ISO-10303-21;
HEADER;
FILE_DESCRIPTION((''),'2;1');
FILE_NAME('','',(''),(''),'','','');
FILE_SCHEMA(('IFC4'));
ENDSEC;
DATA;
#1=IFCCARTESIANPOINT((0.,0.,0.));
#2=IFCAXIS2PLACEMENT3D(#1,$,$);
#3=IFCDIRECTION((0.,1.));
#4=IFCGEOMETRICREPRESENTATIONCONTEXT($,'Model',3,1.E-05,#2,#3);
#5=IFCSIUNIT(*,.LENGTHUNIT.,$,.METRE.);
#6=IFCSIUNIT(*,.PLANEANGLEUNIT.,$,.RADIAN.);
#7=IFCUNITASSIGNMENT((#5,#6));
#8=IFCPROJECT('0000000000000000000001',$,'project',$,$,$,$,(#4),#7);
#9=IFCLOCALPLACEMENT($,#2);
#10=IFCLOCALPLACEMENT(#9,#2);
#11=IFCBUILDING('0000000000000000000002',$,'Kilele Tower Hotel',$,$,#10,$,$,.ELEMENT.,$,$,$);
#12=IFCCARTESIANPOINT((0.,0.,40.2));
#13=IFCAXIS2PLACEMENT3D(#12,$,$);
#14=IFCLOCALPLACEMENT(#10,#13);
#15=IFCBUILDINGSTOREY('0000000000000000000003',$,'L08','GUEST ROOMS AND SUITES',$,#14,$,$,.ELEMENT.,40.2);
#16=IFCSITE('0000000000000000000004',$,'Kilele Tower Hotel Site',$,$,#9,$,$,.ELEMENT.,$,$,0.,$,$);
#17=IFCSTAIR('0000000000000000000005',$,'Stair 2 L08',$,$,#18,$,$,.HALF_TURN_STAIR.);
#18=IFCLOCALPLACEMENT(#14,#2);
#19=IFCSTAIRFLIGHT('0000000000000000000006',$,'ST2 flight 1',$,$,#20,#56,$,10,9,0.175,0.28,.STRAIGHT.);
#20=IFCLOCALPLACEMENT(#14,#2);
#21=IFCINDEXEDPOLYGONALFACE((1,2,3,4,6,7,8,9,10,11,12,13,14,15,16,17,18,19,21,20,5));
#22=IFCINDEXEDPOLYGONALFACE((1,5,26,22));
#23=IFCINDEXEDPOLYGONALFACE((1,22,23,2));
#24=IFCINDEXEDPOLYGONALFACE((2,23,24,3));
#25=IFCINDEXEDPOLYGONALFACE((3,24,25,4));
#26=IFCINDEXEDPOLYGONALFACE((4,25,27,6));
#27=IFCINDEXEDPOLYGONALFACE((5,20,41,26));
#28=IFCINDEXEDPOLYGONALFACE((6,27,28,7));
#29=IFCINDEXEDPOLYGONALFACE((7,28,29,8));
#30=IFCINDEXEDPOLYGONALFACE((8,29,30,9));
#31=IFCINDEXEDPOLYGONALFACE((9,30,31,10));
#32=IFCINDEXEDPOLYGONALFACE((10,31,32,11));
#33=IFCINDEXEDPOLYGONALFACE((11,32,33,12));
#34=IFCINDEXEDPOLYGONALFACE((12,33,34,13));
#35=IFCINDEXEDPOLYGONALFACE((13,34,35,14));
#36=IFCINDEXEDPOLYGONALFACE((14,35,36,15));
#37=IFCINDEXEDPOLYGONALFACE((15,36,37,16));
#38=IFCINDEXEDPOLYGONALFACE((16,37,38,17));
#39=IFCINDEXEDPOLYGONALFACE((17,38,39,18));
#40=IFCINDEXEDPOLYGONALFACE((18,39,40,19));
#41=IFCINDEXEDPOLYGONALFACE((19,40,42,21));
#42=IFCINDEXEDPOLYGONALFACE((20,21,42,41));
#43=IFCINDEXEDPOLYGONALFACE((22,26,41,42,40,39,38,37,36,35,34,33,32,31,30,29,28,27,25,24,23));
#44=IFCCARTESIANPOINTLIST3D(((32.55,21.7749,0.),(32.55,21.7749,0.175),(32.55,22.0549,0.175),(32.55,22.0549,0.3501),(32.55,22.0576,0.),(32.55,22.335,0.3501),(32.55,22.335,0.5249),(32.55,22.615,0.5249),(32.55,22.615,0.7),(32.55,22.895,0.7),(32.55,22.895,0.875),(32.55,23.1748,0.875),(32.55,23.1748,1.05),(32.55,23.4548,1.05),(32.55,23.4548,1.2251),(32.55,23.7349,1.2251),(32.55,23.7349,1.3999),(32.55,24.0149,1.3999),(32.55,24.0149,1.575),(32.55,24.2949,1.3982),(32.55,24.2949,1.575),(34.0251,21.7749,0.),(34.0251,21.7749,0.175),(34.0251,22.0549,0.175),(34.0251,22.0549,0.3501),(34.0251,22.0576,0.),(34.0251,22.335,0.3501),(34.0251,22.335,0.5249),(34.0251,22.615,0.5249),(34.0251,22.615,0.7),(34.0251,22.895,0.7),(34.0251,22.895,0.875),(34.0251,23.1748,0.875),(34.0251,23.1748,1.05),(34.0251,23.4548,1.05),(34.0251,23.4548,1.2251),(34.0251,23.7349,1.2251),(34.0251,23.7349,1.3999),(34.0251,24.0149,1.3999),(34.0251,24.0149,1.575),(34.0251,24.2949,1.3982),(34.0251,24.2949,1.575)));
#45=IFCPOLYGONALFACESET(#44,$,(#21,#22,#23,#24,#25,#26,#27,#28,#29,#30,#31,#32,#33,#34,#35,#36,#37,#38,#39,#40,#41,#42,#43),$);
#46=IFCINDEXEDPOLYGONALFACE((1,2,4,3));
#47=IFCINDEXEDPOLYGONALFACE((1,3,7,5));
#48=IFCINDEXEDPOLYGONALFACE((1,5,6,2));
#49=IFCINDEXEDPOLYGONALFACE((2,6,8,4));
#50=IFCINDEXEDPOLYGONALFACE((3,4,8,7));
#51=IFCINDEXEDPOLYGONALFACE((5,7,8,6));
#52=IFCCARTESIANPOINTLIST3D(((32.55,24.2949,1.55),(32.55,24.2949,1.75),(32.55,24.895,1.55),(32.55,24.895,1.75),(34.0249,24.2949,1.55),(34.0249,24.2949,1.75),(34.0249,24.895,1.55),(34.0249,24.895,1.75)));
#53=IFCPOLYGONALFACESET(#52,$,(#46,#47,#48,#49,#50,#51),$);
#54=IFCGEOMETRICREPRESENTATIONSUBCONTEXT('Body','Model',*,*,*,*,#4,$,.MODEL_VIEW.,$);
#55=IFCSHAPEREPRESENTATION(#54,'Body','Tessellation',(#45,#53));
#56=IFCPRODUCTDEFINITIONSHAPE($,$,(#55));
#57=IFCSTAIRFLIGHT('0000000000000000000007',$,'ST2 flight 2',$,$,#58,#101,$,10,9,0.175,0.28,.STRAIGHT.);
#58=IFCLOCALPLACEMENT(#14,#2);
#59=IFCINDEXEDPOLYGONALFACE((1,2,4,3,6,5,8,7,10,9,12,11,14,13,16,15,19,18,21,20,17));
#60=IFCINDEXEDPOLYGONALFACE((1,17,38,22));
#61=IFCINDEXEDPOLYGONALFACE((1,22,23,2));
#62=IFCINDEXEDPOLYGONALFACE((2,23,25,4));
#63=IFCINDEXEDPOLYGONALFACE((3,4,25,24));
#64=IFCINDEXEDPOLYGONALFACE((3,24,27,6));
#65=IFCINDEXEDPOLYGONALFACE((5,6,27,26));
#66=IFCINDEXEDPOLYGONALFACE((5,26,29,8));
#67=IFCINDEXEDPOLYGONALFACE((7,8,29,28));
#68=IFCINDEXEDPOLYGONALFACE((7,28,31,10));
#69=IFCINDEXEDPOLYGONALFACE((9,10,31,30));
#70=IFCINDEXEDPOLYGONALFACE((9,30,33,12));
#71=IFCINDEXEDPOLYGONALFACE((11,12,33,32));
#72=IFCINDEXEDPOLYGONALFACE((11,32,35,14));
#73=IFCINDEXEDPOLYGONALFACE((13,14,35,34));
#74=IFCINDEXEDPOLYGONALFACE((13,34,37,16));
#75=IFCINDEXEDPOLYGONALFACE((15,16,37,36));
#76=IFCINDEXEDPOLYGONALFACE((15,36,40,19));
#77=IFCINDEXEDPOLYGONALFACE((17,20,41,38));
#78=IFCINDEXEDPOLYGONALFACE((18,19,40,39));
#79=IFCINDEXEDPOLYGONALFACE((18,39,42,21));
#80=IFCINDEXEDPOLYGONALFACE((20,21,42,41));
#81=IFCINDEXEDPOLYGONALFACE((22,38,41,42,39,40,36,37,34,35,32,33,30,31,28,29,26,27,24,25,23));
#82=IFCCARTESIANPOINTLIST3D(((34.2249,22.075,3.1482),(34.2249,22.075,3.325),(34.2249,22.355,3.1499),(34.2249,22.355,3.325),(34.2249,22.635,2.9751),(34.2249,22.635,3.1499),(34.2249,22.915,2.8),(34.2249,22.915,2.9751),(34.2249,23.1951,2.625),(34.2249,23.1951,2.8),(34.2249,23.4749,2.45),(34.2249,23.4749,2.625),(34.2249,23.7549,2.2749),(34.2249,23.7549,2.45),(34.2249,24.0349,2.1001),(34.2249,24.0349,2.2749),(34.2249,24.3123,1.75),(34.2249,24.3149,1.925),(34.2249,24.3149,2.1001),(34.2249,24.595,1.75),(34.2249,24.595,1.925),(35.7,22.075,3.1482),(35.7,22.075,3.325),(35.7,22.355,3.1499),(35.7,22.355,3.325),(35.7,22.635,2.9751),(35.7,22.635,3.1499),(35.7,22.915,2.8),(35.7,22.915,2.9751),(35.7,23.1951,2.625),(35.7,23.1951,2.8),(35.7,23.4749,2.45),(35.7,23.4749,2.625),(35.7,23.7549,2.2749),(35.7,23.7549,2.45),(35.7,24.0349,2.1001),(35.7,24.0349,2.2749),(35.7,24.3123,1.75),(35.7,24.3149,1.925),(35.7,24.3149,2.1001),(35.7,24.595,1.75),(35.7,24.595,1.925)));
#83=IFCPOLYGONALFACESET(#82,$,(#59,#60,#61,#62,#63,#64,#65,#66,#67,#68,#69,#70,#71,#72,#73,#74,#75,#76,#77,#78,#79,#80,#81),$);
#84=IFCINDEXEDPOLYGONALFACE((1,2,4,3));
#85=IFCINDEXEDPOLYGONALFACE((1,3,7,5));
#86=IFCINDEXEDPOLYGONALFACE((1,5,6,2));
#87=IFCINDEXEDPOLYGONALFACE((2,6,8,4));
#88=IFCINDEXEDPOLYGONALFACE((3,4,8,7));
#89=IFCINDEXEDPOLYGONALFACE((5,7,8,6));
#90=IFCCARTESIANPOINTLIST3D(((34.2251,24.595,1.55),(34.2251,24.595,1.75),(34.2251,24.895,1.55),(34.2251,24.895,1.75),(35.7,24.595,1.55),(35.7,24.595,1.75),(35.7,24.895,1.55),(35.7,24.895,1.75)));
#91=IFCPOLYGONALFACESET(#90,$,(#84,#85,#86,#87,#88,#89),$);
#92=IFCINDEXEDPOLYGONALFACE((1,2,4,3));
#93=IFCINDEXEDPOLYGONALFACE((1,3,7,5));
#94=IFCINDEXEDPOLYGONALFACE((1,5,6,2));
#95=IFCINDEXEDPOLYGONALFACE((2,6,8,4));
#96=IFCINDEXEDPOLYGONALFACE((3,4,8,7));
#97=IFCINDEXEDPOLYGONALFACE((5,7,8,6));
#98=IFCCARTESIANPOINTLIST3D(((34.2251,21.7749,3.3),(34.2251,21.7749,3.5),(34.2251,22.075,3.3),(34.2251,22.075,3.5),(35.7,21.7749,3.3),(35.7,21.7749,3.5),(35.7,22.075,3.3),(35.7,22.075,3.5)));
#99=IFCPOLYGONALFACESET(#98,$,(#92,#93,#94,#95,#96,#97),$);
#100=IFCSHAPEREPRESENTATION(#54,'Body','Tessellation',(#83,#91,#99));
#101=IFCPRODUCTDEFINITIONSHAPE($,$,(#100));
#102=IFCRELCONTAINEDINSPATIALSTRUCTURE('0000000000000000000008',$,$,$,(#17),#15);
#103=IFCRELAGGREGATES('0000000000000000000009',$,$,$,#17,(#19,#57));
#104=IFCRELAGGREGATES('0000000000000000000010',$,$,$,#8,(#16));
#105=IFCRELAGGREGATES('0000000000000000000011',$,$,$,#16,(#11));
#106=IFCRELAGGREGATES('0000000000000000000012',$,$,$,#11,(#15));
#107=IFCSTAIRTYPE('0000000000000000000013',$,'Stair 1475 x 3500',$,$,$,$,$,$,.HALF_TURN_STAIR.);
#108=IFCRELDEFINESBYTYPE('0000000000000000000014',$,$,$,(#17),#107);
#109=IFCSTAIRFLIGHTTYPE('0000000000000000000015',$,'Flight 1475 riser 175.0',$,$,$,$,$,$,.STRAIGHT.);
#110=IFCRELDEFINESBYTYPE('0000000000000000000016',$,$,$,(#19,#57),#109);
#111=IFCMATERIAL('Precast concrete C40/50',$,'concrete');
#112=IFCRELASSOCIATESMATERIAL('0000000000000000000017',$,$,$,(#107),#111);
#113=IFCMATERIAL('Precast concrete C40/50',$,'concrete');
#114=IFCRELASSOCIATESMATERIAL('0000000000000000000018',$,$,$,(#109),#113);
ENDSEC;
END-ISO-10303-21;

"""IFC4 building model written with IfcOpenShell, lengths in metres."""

from ifc_helpers import new_model, si_unit, direction, frame, origin, place, context, subcontext, project, spatial, polyline, outline, extrude, material, type_object, element, aggregate, save


model = new_model("IFC4")

# Units and contexts
model_context = context("Model", 3, precision=1e-05, world=origin(), true_north=direction((0.0, 1.0)))
body_context = subcontext(model_context, "Body", "Model", "MODEL_VIEW")
ifc_project = project(units=[si_unit("LENGTHUNIT", "METRE"), si_unit("PLANEANGLEUNIT", "RADIAN")], contexts=[model_context])

# Site, building, storey
site_placement = place(None, origin())
site = spatial("IfcSite", under=ifc_project, at=site_placement, Name="Kilele Tower Hotel Site", CompositionType="ELEMENT", RefElevation=0.0)
building_placement = place(site_placement, origin())
building = spatial("IfcBuilding", under=site, at=building_placement, Name="Kilele Tower Hotel", CompositionType="ELEMENT")
storey_placement = place(building_placement, frame((0.0, 0.0, 40.2)))
storey = spatial("IfcBuildingStorey", under=building, at=storey_placement, Name="L08", Description="GUEST ROOMS AND SUITES", CompositionType="ELEMENT", Elevation=40.2)

# Stair, stair flights
ifc_material_1 = material(Name="Precast concrete C40/50", Category="concrete")
stair_type = type_object("IfcStairType", Name="Stair 1475 x 3500", PredefinedType="HALF_TURN_STAIR", material=ifc_material_1)
stair_placement = place(storey_placement, origin())
stair = element("IfcStair", 1, at=stair_placement, inside=storey, type_object=stair_type, Name="Stair 2 L08", PredefinedType="HALF_TURN_STAIR")
ifc_material_2 = material(Name="Precast concrete C40/50", Category="concrete")
stair_flight_type = type_object("IfcStairFlightType", Name="Flight 1475 riser 175.0", PredefinedType="STRAIGHT", material=ifc_material_2)
stair_flight_1_placement = place(storey_placement, frame((33.2876, 21.7749, 0.0), z_axis=(0.0, 0.0, 1.0), x_axis=(0.0, 1.0, 0.0)))
stair_flight_1 = element("IfcStairFlight", 2, at=stair_flight_1_placement, type_object=stair_flight_type, Name="ST2 flight 1", NumberOfRisers=10, NumberOfTreads=9, PredefinedType="STRAIGHT", RiserHeight=0.175, TreadLength=0.28, context=body_context, shape_type="SweptSolid", body=[
    extrude(outline(polyline([(0.0, 0.0), (0.0, 0.175), (0.28, 0.175), (0.28, 0.3501), (0.5601, 0.3501), (0.5601, 0.5249), (0.8401, 0.5249), (0.8401, 0.7), (1.1201, 0.7), (1.1201, 0.875), (1.3999, 0.875), (1.3999, 1.05), (1.6799, 1.05), (1.6799, 1.2251), (1.96, 1.2251), (1.96, 1.3999), (2.24, 1.3999), (2.24, 1.575), (2.52, 1.575), (2.52, 1.75), (2.52, 1.3982), (0.2827, 0.0), (0.0, 0.0)])), frame((0.0, 0.7375, 0.0), z_axis=(0.0, -1.0, 0.0), x_axis=(1.0, 0.0, 0.0)), (0.0, 0.0, 1.0), 1.4751),
    extrude(outline(polyline([(2.52, 0.7375), (2.52, -0.7373), (3.1201, -0.7373), (3.1201, 0.7375), (2.52, 0.7375)])), frame((0.0, 0.0, 1.55)), (0.0, 0.0, 1.0), 0.2),
])
stair_flight_2_placement = place(storey_placement, frame((34.9624, 24.595, 1.75), z_axis=(0.0, 0.0, 1.0), x_axis=(0.0, -1.0, 0.0)))
stair_flight_2 = element("IfcStairFlight", 3, at=stair_flight_2_placement, type_object=stair_flight_type, Name="ST2 flight 2", NumberOfRisers=10, NumberOfTreads=9, PredefinedType="STRAIGHT", RiserHeight=0.175, TreadLength=0.28, context=body_context, shape_type="SweptSolid", body=[
    extrude(outline(polyline([(0.0, 0.0), (0.0, 0.175), (0.28, 0.175), (0.28, 0.3501), (0.5601, 0.3501), (0.5601, 0.5249), (0.8401, 0.5249), (0.8401, 0.7), (1.1201, 0.7), (1.1201, 0.875), (1.3999, 0.875), (1.3999, 1.05), (1.6799, 1.05), (1.6799, 1.2251), (1.96, 1.2251), (1.96, 1.3999), (2.24, 1.3999), (2.24, 1.575), (2.52, 1.575), (2.52, 1.75), (2.52, 1.3982), (0.2827, 0.0), (0.0, 0.0)])), frame((0.0, 0.7375, 0.0), z_axis=(0.0, -1.0, 0.0), x_axis=(1.0, 0.0, 0.0)), (0.0, 0.0, 1.0), 1.4751),
    extrude(outline(polyline([(0.0, -0.7373), (0.0, 0.7375), (-0.3, 0.7375), (-0.3, -0.7373), (0.0, -0.7373)])), frame((0.0, 0.0, -0.2)), (0.0, 0.0, 1.0), 0.2),
    extrude(outline(polyline([(2.8201, -0.7373), (2.8201, 0.7375), (2.52, 0.7375), (2.52, -0.7373), (2.8201, -0.7373)])), frame((0.0, 0.0, 1.55)), (0.0, 0.0, 1.0), 0.2),
])
aggregate(stair, [stair_flight_1, stair_flight_2])

save(model, "model.ifc")
